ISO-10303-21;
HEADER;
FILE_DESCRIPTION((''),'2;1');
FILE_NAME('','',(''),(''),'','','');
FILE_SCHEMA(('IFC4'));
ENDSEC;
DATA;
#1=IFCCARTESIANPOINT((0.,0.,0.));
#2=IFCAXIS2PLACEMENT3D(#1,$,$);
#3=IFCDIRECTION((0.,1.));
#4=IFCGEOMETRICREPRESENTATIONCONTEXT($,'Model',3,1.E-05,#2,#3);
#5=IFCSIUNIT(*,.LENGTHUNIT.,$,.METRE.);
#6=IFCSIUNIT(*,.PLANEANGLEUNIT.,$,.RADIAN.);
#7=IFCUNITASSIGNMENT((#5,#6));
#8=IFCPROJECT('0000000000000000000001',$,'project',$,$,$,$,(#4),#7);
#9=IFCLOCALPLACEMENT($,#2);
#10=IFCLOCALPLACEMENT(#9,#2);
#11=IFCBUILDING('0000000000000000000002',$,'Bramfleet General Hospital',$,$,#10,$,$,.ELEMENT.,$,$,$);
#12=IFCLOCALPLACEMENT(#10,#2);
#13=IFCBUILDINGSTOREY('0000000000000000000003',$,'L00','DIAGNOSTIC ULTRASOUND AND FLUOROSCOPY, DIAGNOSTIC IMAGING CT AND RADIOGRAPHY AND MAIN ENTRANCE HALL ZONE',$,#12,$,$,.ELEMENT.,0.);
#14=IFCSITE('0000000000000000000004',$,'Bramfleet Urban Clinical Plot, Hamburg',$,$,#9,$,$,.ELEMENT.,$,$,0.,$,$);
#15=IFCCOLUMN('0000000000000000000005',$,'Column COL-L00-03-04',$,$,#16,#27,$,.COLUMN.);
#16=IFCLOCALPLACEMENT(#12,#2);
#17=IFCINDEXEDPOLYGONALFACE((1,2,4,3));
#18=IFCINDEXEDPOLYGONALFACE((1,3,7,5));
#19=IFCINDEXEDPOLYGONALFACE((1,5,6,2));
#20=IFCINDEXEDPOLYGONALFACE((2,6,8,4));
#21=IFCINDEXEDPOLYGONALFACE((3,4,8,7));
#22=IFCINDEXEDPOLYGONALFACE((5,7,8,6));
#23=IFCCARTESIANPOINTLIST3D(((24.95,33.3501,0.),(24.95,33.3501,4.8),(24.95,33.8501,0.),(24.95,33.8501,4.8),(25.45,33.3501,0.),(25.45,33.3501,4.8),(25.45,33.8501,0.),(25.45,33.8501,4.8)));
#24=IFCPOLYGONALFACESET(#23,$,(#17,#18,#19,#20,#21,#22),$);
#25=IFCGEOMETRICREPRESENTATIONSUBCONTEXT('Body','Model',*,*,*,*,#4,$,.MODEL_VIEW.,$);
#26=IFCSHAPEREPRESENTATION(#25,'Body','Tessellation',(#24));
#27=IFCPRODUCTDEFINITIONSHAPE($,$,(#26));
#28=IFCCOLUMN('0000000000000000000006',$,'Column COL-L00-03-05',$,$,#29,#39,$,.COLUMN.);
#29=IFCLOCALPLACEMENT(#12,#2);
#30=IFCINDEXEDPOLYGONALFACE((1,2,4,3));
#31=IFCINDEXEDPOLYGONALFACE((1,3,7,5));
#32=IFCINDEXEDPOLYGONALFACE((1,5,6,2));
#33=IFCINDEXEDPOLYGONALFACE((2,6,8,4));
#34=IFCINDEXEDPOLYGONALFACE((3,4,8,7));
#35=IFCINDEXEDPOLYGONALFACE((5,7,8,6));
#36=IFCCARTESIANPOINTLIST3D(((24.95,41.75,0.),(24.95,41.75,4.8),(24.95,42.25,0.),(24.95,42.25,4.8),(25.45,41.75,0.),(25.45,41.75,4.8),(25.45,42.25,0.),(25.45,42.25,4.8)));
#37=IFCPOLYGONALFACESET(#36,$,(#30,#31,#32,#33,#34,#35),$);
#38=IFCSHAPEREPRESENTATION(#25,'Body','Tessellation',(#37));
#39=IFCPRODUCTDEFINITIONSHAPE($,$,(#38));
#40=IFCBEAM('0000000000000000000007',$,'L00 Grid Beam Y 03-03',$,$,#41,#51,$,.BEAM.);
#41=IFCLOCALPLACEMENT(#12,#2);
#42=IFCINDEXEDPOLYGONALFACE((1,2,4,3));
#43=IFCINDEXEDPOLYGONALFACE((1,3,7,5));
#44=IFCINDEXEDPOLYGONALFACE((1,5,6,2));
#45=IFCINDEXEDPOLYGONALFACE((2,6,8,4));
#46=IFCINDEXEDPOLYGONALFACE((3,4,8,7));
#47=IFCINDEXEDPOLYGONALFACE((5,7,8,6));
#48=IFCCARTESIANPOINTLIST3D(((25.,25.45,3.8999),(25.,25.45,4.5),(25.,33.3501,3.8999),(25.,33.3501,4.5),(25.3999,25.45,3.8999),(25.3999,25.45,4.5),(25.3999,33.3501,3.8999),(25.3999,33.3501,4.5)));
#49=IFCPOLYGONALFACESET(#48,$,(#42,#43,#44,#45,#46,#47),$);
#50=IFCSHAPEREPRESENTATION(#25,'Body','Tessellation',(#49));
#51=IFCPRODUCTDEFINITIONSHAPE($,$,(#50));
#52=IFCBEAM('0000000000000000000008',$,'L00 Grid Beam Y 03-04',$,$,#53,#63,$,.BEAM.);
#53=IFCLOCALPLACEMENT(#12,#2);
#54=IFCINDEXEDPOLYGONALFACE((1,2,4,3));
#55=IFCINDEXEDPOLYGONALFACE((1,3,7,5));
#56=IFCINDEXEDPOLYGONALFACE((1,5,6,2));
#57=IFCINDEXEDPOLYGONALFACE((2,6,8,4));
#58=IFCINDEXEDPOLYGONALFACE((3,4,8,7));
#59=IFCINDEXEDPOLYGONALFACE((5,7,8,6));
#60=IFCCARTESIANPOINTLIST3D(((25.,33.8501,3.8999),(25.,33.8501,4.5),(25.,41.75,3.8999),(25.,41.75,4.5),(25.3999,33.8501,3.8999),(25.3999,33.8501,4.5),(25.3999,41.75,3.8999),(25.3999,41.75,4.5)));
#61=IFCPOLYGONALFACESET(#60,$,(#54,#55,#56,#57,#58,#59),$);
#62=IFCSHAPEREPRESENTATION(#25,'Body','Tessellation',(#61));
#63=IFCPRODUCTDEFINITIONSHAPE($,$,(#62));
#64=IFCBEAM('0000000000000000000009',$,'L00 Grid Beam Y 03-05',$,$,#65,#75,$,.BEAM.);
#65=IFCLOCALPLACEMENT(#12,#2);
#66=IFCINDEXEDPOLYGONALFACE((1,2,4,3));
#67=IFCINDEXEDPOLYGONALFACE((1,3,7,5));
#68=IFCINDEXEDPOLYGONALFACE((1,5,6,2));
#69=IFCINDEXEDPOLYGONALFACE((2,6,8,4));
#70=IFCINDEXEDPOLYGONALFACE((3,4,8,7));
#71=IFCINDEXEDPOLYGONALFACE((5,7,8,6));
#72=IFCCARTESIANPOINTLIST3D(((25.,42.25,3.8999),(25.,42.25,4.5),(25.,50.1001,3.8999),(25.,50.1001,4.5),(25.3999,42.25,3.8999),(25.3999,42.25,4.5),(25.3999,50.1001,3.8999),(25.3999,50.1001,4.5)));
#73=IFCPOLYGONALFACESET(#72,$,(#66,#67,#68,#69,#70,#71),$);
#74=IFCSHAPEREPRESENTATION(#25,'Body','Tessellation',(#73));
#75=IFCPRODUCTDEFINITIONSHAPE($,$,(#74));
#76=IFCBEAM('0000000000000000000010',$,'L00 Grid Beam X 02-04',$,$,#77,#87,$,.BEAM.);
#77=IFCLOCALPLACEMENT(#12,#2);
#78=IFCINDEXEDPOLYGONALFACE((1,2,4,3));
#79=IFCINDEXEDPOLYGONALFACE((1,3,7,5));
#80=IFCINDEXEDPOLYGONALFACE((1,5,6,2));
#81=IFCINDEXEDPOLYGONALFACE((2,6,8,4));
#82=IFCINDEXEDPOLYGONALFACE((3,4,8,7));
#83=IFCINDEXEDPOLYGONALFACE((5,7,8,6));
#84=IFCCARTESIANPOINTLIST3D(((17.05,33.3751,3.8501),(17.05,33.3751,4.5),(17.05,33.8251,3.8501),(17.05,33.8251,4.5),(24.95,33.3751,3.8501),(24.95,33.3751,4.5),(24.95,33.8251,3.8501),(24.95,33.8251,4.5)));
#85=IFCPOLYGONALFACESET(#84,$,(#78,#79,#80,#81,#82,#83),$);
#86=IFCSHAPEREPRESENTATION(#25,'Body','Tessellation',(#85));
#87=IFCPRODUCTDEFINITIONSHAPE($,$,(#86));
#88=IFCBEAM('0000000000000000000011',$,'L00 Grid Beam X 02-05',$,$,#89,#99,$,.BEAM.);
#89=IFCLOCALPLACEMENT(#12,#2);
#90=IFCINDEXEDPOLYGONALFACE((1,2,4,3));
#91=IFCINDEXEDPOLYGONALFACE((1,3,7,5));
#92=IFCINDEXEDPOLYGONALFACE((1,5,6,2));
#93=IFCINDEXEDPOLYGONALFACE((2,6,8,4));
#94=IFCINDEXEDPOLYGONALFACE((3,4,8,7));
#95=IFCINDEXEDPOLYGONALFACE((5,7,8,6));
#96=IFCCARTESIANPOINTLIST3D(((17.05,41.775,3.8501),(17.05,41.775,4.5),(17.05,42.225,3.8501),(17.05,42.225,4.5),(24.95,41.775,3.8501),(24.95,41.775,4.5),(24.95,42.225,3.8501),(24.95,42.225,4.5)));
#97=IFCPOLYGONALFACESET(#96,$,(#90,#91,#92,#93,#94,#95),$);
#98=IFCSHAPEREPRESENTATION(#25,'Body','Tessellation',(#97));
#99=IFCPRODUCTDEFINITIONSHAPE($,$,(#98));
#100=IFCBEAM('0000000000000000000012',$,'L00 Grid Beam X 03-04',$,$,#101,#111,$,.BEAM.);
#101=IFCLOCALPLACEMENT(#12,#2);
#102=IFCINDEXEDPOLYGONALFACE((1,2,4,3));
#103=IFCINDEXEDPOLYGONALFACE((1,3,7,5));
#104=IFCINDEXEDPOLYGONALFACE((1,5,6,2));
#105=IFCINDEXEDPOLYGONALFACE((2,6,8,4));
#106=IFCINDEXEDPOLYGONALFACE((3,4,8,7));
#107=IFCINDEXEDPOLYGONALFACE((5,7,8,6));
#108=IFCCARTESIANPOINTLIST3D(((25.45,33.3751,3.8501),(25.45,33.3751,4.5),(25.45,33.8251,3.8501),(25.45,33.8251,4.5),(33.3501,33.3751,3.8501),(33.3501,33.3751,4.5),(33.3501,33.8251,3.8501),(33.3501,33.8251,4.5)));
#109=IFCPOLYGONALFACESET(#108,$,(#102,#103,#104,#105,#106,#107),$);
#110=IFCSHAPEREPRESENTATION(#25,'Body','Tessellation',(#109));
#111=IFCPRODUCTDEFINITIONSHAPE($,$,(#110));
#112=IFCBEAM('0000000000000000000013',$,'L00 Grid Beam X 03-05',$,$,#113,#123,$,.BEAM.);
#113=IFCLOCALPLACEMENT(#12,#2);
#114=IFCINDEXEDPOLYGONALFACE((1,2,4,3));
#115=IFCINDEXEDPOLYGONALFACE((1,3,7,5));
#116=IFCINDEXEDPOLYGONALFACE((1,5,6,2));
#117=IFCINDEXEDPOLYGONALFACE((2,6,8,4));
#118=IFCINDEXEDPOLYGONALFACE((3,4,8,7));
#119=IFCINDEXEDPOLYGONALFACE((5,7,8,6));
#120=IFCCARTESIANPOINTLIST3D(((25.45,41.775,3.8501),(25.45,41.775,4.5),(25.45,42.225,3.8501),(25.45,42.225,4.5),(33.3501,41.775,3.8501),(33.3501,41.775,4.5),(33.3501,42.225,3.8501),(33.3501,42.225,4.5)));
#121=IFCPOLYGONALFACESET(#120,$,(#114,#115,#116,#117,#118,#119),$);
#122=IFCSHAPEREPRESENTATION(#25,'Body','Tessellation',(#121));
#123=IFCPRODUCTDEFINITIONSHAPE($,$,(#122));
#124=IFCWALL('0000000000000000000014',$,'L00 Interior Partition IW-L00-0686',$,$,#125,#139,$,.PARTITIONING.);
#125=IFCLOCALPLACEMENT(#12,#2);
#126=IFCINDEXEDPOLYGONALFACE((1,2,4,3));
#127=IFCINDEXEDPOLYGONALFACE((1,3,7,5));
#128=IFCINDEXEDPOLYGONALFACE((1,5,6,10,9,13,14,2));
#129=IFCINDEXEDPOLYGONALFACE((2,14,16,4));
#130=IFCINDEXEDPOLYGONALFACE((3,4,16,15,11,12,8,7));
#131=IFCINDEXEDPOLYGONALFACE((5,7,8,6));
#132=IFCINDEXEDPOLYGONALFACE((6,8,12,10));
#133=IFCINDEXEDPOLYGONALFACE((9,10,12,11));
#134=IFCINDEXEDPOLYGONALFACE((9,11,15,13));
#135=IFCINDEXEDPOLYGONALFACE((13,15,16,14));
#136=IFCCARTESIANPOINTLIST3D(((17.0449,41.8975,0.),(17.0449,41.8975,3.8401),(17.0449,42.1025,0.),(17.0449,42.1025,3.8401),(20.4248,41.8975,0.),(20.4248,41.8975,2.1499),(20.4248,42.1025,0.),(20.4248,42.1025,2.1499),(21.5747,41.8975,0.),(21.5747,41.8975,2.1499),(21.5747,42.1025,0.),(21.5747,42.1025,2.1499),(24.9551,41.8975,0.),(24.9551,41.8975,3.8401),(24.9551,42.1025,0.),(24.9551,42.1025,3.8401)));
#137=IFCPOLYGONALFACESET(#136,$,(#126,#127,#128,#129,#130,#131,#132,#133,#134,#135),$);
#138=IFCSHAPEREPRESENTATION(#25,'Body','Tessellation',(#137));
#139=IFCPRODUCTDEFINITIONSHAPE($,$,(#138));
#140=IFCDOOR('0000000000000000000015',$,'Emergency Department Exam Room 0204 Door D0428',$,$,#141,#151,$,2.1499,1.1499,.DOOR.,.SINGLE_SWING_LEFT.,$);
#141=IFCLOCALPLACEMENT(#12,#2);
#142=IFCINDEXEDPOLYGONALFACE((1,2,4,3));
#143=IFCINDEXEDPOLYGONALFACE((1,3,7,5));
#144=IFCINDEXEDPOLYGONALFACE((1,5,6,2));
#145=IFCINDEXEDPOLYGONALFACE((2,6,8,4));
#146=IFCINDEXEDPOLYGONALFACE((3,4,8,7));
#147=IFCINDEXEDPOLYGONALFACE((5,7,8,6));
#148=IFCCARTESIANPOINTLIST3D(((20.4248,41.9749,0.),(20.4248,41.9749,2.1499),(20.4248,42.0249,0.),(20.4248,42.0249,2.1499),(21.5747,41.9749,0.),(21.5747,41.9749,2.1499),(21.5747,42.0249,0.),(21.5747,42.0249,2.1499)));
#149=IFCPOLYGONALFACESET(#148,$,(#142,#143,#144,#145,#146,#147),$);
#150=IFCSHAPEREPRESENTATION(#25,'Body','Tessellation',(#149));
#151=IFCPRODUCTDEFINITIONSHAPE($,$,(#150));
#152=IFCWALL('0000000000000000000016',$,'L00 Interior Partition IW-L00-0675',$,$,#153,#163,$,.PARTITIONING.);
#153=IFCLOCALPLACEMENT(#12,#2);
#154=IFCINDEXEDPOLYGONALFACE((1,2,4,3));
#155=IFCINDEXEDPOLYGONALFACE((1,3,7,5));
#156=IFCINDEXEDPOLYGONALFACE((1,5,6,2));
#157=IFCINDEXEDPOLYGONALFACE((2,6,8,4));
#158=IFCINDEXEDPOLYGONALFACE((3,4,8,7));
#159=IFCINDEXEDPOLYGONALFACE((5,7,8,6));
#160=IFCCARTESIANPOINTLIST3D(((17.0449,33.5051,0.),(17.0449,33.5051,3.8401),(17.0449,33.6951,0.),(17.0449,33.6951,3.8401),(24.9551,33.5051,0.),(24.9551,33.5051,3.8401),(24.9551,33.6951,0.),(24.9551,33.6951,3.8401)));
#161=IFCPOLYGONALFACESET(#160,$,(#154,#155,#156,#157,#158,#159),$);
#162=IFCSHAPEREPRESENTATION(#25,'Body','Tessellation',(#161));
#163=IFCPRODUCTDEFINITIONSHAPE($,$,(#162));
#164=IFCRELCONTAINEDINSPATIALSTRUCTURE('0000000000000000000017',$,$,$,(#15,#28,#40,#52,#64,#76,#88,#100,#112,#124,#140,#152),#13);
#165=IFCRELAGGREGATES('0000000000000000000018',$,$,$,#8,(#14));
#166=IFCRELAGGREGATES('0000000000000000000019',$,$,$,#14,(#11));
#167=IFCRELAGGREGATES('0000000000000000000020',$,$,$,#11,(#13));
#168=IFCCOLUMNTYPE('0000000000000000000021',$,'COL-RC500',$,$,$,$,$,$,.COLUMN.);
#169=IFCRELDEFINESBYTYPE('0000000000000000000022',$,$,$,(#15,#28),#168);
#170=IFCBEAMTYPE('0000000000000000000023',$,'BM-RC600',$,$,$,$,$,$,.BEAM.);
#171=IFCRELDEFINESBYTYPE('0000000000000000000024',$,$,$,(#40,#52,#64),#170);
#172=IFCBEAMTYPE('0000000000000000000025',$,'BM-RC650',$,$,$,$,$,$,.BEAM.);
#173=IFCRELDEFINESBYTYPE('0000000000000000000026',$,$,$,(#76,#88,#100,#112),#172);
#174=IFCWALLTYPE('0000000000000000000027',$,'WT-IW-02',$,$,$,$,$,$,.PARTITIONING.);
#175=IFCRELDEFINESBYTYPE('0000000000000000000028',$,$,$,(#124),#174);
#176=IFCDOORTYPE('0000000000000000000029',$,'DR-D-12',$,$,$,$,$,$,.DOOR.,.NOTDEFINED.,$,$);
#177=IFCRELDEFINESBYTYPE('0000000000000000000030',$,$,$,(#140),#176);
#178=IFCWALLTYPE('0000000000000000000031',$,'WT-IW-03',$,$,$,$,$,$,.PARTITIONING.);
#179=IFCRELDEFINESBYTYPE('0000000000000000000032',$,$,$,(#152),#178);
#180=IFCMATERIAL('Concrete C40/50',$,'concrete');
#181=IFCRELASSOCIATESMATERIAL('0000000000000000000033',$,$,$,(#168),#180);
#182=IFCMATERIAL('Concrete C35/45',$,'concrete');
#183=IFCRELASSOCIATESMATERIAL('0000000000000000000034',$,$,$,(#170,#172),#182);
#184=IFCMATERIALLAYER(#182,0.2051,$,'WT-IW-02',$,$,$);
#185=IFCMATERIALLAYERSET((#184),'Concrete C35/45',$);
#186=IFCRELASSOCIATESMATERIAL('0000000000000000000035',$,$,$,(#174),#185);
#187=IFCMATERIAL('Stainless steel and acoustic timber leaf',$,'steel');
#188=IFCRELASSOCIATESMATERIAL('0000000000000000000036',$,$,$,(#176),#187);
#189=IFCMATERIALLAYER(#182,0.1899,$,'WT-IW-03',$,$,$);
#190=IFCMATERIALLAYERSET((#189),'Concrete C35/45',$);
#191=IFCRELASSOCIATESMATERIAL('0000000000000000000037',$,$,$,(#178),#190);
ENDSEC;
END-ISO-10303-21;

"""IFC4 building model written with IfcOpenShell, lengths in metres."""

from ifc_helpers import new_model, si_unit, direction, frame, frame_2d, origin, origin_2d, place, context, subcontext, project, spatial, rectangle, extrude, material, layer, layer_set, material_profile, profile_set, type_object, element, fill, save


model = new_model("IFC4")

# Units and contexts
model_context = context("Model", 3, precision=1e-05, world=origin(), true_north=direction((0.0, 1.0)))
body_context = subcontext(model_context, "Body", "Model", "MODEL_VIEW")
ifc_project = project(units=[si_unit("LENGTHUNIT", "METRE"), si_unit("PLANEANGLEUNIT", "RADIAN")], contexts=[model_context])

# Site, building, storey
site_placement = place(None, origin())
site = spatial("IfcSite", under=ifc_project, at=site_placement, Name="Bramfleet Urban Clinical Plot, Hamburg", CompositionType="ELEMENT", RefElevation=0.0)
building_placement = place(site_placement, origin())
building = spatial("IfcBuilding", under=site, at=building_placement, Name="Bramfleet General Hospital", CompositionType="ELEMENT")
storey_placement = place(building_placement, origin())
storey = spatial("IfcBuildingStorey", under=building, at=storey_placement, Name="L00", Description="DIAGNOSTIC ULTRASOUND AND FLUOROSCOPY, DIAGNOSTIC IMAGING CT AND RADIOGRAPHY AND MAIN ENTRANCE HALL ZONE", CompositionType="ELEMENT", Elevation=0.0)

# Columns
ifc_material_1 = material(Name="Concrete C40/50", Category="concrete")
ifc_material_profile_1 = material_profile(ifc_material_1, rectangle(XDim=0.5, YDim=0.5, at=origin_2d()), Name="RC COL 500x500")
ifc_profile_set_1 = profile_set([ifc_material_profile_1], Name="Concrete C40/50")
column_type = type_object("IfcColumnType", Name="COL-RC500", PredefinedType="COLUMN", material=ifc_profile_set_1)
for number, where, z_axis, x_axis, name in (
    (1, (25.2, 33.6001, 0.0), (0.0, 0.0, 1.0), (1.0, 0.0, 0.0), "Column COL-L00-03-04"),
    (2, (25.2, 42.0, 0.0), (0.0, 0.0, 1.0), (1.0, 0.0, 0.0), "Column COL-L00-03-05"),
):
    element("IfcColumn", number, at=place(storey_placement, frame(where, z_axis=z_axis, x_axis=x_axis)), inside=storey, type_object=column_type, Name=name, PredefinedType="COLUMN", context=body_context, shape_type="SweptSolid", body=[
        extrude(rectangle(XDim=0.5, YDim=0.5, at=origin_2d()), origin(), (0.0, 0.0, 1.0), 4.8),
    ])

# Beams
ifc_material_2 = material(Name="Concrete C35/45", Category="concrete")
ifc_material_profile_2 = material_profile(ifc_material_2, rectangle(XDim=0.3999, YDim=0.6001, at=origin_2d()), Name="RC BM 600x400")
ifc_profile_set_2 = profile_set([ifc_material_profile_2], Name="Concrete C35/45")
beam_type_1 = type_object("IfcBeamType", Name="BM-RC600", PredefinedType="BEAM", material=ifc_profile_set_2)
beam_1_placement = place(storey_placement, frame((25.2, 25.45, 4.2), z_axis=(0.0, 1.0, 0.0), x_axis=(-1.0, 0.0, 0.0)))
element("IfcBeam", 3, at=beam_1_placement, inside=storey, type_object=beam_type_1, Name="L00 Grid Beam Y 03-03", PredefinedType="BEAM", context=body_context, shape_type="SweptSolid", body=[
    extrude(rectangle(XDim=0.3999, YDim=0.6001, at=origin_2d()), origin(), (0.0, 0.0, 1.0), 7.9001),
])
beam_2_placement = place(storey_placement, frame((25.2, 33.8501, 4.2), z_axis=(0.0, 1.0, 0.0), x_axis=(-1.0, 0.0, 0.0)))
element("IfcBeam", 4, at=beam_2_placement, inside=storey, type_object=beam_type_1, Name="L00 Grid Beam Y 03-04", PredefinedType="BEAM", context=body_context, shape_type="SweptSolid", body=[
    extrude(rectangle(XDim=0.3999, YDim=0.6001, at=origin_2d()), origin(), (0.0, 0.0, 1.0), 7.8999),
])
beam_3_placement = place(storey_placement, frame((25.2, 42.25, 4.2), z_axis=(0.0, 1.0, 0.0), x_axis=(-1.0, 0.0, 0.0)))
element("IfcBeam", 5, at=beam_3_placement, inside=storey, type_object=beam_type_1, Name="L00 Grid Beam Y 03-05", PredefinedType="BEAM", context=body_context, shape_type="SweptSolid", body=[
    extrude(rectangle(XDim=0.3999, YDim=0.6001, at=origin_2d()), origin(), (0.0, 0.0, 1.0), 7.8501),
])
ifc_material_profile_3 = material_profile(ifc_material_2, rectangle(XDim=0.45, YDim=0.6499, at=origin_2d()), Name="RC BM 650x450")
ifc_profile_set_3 = profile_set([ifc_material_profile_3], Name="Concrete C35/45")
beam_type_2 = type_object("IfcBeamType", Name="BM-RC650", PredefinedType="BEAM", material=ifc_profile_set_3)
for number, where, z_axis, x_axis, name in (
    (6, (17.05, 33.6001, 4.175), (1.0, 0.0, 0.0), (0.0, 1.0, 0.0), "L00 Grid Beam X 02-04"),
    (7, (17.05, 42.0, 4.175), (1.0, 0.0, 0.0), (0.0, 1.0, 0.0), "L00 Grid Beam X 02-05"),
):
    element("IfcBeam", number, at=place(storey_placement, frame(where, z_axis=z_axis, x_axis=x_axis)), inside=storey, type_object=beam_type_2, Name=name, PredefinedType="BEAM", context=body_context, shape_type="SweptSolid", body=[
        extrude(rectangle(XDim=0.45, YDim=0.6499, at=origin_2d()), origin(), (0.0, 0.0, 1.0), 7.8999),
    ])
for number, where, z_axis, x_axis, name in (
    (8, (25.45, 33.6001, 4.175), (1.0, 0.0, 0.0), (0.0, 1.0, 0.0), "L00 Grid Beam X 03-04"),
    (9, (25.45, 42.0, 4.175), (1.0, 0.0, 0.0), (0.0, 1.0, 0.0), "L00 Grid Beam X 03-05"),
):
    element("IfcBeam", number, at=place(storey_placement, frame(where, z_axis=z_axis, x_axis=x_axis)), inside=storey, type_object=beam_type_2, Name=name, PredefinedType="BEAM", context=body_context, shape_type="SweptSolid", body=[
        extrude(rectangle(XDim=0.45, YDim=0.6499, at=origin_2d()), origin(), (0.0, 0.0, 1.0), 7.9001),
    ])

# Wall, opening, door
ifc_layer_1 = layer(ifc_material_2, 0.2051, Name="WT-IW-02")
ifc_layer_set_1 = layer_set([ifc_layer_1], Name="Concrete C35/45")
wall_type_1 = type_object("IfcWallType", Name="WT-IW-02", PredefinedType="PARTITIONING", material=ifc_layer_set_1)
wall_1_placement = place(storey_placement, frame((17.0449, 42.0, 0.0), z_axis=(0.0, 0.0, 1.0), x_axis=(1.0, 0.0, 0.0)))
wall_1 = element("IfcWall", 10, at=wall_1_placement, inside=storey, type_object=wall_type_1, Name="L00 Interior Partition IW-L00-0686", PredefinedType="PARTITIONING", context=body_context, shape_type="SweptSolid", body=[
    extrude(rectangle(XDim=7.9102, YDim=0.2051, at=frame_2d((3.9551, 0.0))), origin(), (0.0, 0.0, 1.0), 3.8401),
])
opening_1_placement = place(wall_1_placement, frame((3.3799, 0.0, 0.0)))
opening_1 = element("IfcOpeningElement", 11, at=opening_1_placement, cuts=wall_1, PredefinedType="OPENING", context=body_context, shape_type="SweptSolid", body=[
    extrude(rectangle(XDim=1.1499, YDim=2.1499, at=frame_2d((0.575, 1.075))), frame((0.0, 0.1125, 0.0), z_axis=(0.0, -1.0, 0.0), x_axis=(1.0, 0.0, 0.0)), (0.0, 0.0, 1.0), 0.2251),
])
ifc_material_3 = material(Name="Stainless steel and acoustic timber leaf", Category="steel")
door_type_1 = type_object("IfcDoorType", Name="DR-D-12", OperationType="NOTDEFINED", PredefinedType="DOOR", material=ifc_material_3)
door_1_placement = place(opening_1_placement, origin())
door_1 = element("IfcDoor", 12, at=door_1_placement, inside=storey, type_object=door_type_1, Name="Emergency Department Exam Room 0204 Door D0428", OperationType="SINGLE_SWING_LEFT", OverallHeight=2.1499, OverallWidth=1.1499, PredefinedType="DOOR", context=body_context, shape_type="SweptSolid", body=[
    extrude(rectangle(XDim=1.1499, YDim=2.1499, at=frame_2d((0.575, 1.075))), frame((0.0, 0.0249, 0.0), z_axis=(0.0, -1.0, 0.0), x_axis=(1.0, 0.0, 0.0)), (0.0, 0.0, 1.0), 0.05),
])
fill(opening_1, door_1)

# Wall
ifc_layer_2 = layer(ifc_material_2, 0.1899, Name="WT-IW-03")
ifc_layer_set_2 = layer_set([ifc_layer_2], Name="Concrete C35/45")
wall_type_2 = type_object("IfcWallType", Name="WT-IW-03", PredefinedType="PARTITIONING", material=ifc_layer_set_2)
wall_2_placement = place(storey_placement, frame((17.0449, 33.6001, 0.0), z_axis=(0.0, 0.0, 1.0), x_axis=(1.0, 0.0, 0.0)))
element("IfcWall", 13, at=wall_2_placement, inside=storey, type_object=wall_type_2, Name="L00 Interior Partition IW-L00-0675", PredefinedType="PARTITIONING", context=body_context, shape_type="SweptSolid", body=[
    extrude(rectangle(XDim=7.9102, YDim=0.1899, at=frame_2d((3.9551, 0.0))), origin(), (0.0, 0.0, 1.0), 3.8401),
])

save(model, "model.ifc")
